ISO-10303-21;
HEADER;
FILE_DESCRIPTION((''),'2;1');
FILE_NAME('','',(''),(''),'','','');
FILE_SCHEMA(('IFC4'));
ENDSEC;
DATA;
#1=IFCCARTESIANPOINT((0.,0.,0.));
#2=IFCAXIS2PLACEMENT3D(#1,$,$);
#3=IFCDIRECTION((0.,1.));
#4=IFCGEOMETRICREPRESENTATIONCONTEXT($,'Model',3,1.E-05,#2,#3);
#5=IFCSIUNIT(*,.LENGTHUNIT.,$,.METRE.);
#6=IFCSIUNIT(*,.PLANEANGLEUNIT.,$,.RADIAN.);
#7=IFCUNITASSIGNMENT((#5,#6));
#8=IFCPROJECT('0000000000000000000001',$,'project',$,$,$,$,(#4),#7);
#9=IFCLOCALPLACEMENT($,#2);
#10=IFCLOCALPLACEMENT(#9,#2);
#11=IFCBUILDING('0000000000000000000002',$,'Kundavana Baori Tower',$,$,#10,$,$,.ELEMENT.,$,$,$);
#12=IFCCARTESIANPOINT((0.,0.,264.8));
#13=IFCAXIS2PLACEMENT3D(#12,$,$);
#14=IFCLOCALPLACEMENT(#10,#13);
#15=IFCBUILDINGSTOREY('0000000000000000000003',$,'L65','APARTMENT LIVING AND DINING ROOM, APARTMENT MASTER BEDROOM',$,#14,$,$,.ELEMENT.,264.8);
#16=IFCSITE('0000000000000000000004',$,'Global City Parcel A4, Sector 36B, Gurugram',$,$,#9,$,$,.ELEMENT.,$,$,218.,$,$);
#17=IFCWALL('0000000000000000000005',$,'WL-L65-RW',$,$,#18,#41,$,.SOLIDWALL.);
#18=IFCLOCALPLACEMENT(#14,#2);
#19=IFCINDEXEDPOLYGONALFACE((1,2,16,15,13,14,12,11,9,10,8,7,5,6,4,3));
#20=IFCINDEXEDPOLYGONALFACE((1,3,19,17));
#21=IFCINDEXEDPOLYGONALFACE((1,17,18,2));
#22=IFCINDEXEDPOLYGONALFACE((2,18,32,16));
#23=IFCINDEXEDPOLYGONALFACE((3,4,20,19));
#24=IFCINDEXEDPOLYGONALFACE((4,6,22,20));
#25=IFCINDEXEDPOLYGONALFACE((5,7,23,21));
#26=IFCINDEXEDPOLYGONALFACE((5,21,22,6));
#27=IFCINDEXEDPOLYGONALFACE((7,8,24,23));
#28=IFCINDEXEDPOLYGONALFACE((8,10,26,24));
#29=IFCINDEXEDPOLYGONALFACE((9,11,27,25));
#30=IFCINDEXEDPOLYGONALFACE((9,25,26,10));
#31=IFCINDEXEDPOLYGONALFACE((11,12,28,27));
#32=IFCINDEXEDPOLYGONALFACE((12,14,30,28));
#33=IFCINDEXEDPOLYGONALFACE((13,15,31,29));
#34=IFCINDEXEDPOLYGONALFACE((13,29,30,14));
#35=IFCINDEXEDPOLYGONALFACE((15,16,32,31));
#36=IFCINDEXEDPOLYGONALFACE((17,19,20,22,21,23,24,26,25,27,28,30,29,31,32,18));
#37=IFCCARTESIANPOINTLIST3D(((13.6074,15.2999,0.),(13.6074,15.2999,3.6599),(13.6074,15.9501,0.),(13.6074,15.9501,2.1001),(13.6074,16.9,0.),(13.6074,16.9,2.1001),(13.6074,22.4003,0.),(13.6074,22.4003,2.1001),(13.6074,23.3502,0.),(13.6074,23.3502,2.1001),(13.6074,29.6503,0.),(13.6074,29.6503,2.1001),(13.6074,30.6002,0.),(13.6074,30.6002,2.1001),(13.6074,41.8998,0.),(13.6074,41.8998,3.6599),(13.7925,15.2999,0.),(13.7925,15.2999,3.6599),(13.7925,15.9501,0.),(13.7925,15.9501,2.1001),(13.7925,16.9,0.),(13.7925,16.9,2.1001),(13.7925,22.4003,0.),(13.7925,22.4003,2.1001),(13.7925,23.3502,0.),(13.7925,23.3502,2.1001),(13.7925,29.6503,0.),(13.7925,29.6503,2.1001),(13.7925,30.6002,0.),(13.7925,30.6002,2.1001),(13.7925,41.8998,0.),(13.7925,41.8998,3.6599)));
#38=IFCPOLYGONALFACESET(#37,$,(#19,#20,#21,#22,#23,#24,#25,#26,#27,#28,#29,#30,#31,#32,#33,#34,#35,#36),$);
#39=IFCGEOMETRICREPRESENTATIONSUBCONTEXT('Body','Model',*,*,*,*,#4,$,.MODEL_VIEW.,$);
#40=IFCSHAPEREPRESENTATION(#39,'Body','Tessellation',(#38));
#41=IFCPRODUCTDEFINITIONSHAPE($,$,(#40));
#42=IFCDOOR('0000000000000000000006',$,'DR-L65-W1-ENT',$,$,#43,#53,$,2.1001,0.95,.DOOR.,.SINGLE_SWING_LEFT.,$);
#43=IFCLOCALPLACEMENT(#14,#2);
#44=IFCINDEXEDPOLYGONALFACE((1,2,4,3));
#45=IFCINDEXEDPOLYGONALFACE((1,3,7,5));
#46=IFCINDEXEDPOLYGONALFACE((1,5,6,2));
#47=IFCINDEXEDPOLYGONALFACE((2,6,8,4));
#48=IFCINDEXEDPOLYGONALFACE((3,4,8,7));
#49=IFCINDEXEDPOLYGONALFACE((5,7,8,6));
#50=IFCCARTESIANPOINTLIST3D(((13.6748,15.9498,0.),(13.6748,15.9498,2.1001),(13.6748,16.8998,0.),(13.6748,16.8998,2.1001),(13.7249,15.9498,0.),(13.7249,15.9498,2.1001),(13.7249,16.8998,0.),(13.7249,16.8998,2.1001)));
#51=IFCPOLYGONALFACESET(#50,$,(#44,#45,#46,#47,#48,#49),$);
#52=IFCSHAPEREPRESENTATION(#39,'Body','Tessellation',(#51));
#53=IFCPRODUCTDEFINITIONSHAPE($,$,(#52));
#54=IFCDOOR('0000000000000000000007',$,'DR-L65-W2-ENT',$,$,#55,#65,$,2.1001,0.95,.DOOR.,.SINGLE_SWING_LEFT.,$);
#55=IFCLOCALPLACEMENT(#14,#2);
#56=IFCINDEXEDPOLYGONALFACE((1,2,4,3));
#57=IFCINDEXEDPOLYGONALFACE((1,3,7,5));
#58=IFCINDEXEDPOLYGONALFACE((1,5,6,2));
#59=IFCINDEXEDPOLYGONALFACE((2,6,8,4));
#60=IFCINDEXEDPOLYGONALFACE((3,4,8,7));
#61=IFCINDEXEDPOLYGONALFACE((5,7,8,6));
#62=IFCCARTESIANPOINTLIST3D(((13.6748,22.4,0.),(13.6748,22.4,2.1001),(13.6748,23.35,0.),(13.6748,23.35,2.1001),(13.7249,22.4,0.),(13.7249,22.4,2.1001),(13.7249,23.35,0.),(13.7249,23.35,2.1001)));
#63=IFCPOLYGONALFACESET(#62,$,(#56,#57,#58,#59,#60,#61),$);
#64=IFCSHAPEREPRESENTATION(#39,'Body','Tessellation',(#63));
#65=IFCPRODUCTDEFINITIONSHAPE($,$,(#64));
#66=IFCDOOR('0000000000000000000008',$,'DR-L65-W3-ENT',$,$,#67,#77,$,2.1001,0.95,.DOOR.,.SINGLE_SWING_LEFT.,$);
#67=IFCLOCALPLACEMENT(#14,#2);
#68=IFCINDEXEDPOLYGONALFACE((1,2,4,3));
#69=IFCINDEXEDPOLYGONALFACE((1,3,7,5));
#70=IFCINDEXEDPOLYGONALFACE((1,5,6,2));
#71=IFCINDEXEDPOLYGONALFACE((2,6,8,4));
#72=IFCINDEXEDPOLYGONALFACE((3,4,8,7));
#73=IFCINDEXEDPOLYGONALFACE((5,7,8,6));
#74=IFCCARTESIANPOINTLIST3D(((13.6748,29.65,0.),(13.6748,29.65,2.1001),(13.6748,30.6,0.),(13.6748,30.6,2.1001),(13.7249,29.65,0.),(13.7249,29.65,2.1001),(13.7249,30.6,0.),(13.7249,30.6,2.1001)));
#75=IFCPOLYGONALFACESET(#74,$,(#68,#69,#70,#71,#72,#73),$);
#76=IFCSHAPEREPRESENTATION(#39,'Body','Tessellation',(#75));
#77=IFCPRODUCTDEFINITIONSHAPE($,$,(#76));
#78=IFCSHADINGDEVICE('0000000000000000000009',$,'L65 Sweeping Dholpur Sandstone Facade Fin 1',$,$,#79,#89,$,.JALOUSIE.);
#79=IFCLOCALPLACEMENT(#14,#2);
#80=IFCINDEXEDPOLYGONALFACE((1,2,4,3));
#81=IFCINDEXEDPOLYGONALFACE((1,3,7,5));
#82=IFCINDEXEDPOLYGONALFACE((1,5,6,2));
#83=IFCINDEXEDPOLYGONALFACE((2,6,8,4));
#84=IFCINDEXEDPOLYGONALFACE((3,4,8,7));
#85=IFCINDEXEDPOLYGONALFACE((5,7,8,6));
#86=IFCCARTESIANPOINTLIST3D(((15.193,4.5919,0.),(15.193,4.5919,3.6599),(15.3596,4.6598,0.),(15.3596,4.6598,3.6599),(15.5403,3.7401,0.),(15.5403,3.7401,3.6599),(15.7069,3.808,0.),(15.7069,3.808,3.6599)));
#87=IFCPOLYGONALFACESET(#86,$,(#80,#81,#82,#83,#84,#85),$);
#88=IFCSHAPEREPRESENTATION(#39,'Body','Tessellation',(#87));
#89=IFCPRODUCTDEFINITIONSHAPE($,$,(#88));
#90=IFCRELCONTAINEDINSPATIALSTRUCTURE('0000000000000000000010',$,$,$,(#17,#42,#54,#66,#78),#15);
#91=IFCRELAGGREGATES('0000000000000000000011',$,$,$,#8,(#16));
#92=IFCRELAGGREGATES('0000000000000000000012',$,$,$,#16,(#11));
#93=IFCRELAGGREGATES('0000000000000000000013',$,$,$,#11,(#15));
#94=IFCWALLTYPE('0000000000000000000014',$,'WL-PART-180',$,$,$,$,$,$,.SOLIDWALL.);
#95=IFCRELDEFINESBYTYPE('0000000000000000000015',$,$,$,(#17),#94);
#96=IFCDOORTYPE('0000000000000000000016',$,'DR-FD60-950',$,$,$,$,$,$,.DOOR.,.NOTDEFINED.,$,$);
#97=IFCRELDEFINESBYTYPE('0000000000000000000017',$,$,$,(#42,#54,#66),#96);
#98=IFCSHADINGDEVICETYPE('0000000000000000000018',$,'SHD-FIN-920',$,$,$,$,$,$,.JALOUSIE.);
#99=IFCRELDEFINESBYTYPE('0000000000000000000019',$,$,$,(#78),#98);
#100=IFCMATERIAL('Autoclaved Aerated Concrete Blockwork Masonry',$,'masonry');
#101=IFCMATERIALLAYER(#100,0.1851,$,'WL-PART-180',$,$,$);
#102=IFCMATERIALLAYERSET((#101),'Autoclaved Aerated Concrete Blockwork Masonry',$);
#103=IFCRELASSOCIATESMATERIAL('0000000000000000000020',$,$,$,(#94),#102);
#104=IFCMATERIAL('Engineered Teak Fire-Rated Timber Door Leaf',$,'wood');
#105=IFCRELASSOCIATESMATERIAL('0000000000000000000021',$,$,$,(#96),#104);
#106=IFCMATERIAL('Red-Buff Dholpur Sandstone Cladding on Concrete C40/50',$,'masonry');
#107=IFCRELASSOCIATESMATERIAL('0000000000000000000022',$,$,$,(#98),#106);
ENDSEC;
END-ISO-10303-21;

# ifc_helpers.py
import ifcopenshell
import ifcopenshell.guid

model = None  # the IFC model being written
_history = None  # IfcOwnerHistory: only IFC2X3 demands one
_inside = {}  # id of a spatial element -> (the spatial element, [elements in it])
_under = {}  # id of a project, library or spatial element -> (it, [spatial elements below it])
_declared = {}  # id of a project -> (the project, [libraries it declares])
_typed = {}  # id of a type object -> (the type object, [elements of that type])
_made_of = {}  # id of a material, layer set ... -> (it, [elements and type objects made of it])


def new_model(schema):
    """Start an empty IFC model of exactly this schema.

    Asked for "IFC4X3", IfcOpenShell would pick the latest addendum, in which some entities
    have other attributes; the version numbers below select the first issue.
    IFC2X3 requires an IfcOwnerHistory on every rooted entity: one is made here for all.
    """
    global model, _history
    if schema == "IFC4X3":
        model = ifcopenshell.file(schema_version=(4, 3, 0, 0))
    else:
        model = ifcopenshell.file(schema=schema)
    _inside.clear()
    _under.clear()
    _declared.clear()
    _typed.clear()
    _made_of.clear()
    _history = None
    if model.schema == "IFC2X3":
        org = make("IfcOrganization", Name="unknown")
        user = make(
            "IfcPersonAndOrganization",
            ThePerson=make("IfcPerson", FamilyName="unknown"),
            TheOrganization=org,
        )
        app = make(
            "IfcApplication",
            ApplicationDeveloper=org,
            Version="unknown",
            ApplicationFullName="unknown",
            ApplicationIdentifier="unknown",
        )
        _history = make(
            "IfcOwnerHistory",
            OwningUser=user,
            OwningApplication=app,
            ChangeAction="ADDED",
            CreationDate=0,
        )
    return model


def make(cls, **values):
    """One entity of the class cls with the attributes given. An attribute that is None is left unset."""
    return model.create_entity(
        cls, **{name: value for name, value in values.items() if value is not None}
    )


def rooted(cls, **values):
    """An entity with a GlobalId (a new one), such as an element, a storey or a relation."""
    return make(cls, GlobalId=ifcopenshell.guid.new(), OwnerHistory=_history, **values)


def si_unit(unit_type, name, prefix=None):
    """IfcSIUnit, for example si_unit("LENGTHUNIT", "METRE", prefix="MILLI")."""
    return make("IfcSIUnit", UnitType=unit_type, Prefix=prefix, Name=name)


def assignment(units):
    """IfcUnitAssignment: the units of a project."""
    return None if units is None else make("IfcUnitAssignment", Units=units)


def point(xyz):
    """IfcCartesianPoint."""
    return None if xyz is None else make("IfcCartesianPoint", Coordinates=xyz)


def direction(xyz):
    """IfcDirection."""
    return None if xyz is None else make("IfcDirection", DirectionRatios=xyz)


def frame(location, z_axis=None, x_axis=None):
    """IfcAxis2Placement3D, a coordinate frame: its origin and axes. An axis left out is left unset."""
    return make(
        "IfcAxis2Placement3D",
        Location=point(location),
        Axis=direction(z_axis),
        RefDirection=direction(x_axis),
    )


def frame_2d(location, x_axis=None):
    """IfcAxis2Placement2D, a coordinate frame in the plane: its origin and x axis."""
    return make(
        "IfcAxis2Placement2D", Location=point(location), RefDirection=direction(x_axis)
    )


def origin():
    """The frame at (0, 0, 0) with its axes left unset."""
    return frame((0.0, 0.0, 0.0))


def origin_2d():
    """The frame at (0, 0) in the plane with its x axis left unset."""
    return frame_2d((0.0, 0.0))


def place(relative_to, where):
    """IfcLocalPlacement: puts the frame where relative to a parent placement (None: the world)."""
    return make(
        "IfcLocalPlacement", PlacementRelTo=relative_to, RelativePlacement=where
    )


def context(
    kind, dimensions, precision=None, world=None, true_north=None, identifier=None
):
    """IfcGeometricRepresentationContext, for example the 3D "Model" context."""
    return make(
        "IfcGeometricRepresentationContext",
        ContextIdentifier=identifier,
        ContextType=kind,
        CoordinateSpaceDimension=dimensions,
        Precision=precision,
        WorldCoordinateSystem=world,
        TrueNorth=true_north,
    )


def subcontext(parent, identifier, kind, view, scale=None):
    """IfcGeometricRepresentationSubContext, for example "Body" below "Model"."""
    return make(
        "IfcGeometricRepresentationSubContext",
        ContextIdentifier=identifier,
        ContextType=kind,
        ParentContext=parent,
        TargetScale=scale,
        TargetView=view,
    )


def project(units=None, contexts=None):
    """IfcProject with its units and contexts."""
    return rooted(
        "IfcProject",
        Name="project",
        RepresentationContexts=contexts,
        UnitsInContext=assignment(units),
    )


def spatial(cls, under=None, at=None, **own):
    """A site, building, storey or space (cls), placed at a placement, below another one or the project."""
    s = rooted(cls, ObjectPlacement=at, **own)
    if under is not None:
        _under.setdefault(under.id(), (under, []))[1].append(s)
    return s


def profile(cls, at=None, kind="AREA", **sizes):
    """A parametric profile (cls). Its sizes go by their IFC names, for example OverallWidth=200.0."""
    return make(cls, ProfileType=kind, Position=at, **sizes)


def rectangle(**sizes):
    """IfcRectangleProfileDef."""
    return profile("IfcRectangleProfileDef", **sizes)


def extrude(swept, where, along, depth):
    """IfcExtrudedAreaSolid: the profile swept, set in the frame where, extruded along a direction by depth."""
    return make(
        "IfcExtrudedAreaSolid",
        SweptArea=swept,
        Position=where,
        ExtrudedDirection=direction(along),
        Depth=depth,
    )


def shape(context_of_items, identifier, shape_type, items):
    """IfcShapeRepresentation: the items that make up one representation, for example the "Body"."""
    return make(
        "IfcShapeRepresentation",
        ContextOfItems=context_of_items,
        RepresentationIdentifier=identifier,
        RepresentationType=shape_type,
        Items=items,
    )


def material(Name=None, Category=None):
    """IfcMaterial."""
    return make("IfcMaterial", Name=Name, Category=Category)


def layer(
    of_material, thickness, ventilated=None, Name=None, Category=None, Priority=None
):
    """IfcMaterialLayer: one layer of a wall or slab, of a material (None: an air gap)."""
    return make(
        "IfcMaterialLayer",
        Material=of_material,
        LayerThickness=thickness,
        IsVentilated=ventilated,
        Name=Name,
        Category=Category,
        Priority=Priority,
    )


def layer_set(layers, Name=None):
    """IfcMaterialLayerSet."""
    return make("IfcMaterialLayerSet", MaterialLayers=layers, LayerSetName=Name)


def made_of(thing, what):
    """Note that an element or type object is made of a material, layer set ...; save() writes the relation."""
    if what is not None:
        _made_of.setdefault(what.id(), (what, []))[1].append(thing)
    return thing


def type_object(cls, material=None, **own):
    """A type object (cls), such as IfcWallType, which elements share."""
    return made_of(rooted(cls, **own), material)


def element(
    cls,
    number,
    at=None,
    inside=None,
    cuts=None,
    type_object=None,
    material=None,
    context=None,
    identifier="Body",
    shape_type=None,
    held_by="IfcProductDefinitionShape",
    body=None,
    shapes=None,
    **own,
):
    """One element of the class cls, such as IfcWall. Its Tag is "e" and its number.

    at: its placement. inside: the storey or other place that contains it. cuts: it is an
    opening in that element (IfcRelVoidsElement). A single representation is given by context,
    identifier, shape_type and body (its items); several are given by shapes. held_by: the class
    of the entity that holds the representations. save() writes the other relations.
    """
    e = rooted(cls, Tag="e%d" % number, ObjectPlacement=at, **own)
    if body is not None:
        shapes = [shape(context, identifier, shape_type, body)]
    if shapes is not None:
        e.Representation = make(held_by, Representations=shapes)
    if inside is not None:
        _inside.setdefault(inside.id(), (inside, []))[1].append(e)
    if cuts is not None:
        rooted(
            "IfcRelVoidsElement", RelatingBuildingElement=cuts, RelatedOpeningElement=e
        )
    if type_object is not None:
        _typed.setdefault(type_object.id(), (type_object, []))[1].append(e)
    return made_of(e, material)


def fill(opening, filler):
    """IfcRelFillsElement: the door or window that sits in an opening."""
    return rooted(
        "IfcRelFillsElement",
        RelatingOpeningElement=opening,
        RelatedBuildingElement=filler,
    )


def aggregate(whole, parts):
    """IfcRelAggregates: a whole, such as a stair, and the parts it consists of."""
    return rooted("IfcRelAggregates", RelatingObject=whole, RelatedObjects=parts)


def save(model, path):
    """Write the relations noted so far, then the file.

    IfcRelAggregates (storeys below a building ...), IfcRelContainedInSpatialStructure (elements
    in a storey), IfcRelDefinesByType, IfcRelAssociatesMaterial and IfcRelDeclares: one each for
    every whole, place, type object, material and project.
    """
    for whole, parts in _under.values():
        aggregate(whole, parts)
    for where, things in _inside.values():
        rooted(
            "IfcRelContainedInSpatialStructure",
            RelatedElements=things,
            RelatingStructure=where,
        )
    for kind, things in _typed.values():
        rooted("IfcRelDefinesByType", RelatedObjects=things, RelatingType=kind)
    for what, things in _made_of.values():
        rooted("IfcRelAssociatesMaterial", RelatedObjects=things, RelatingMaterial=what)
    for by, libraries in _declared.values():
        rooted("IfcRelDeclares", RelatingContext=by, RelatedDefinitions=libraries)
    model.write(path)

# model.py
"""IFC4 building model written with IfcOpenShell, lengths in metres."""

from ifc_helpers import new_model, si_unit, direction, frame, frame_2d, origin, origin_2d, place, context, subcontext, project, spatial, rectangle, extrude, material, layer, layer_set, type_object, element, fill, save


model = new_model("IFC4")

# Units and contexts
model_context = context("Model", 3, precision=1e-05, world=origin(), true_north=direction((0.0, 1.0)))
body_context = subcontext(model_context, "Body", "Model", "MODEL_VIEW")
ifc_project = project(units=[si_unit("LENGTHUNIT", "METRE"), si_unit("PLANEANGLEUNIT", "RADIAN")], contexts=[model_context])

# Site, building, storey
site_placement = place(None, origin())
site = spatial("IfcSite", under=ifc_project, at=site_placement, Name="Global City Parcel A4, Sector 36B, Gurugram", CompositionType="ELEMENT", RefElevation=218.0)
building_placement = place(site_placement, origin())
building = spatial("IfcBuilding", under=site, at=building_placement, Name="Kundavana Baori Tower", CompositionType="ELEMENT")
storey_placement = place(building_placement, frame((0.0, 0.0, 264.8)))
storey = spatial("IfcBuildingStorey", under=building, at=storey_placement, Name="L65", Description="APARTMENT LIVING AND DINING ROOM, APARTMENT MASTER BEDROOM", CompositionType="ELEMENT", Elevation=264.8)

# Shared definitions
ifc_material_1 = material(Name="Autoclaved Aerated Concrete Blockwork Masonry", Category="masonry")
ifc_layer_1 = layer(ifc_material_1, 0.1851, Name="WL-PART-180")
ifc_layer_set_1 = layer_set([ifc_layer_1], Name="Autoclaved Aerated Concrete Blockwork Masonry")
wall_type_1 = type_object("IfcWallType", Name="WL-PART-180", PredefinedType="SOLIDWALL", material=ifc_layer_set_1)

# Wall, openings, doors
wall_1_placement = place(storey_placement, frame((13.7, 15.3, 0.0), z_axis=(0.0, 0.0, 1.0), x_axis=(0.0, 1.0, 0.0)))
wall_1 = element("IfcWall", 1, at=wall_1_placement, inside=storey, type_object=wall_type_1, Name="WL-L65-RW", PredefinedType="SOLIDWALL", context=body_context, shape_type="SweptSolid", body=[
    extrude(rectangle(XDim=26.5999, YDim=0.1851, at=frame_2d((13.2998, 0.0))), origin(), (0.0, 0.0, 1.0), 3.6599),
])
opening_1_placement = place(wall_1_placement, frame((0.6499, 0.0, 0.0)))
opening_1 = element("IfcOpeningElement", 2, at=opening_1_placement, cuts=wall_1, PredefinedType="OPENING", context=body_context, shape_type="SweptSolid", body=[
    extrude(rectangle(XDim=0.95, YDim=2.1001, at=frame_2d((0.4751, 1.05))), frame((0.0, 0.1025, 0.0), z_axis=(0.0, -1.0, 0.0), x_axis=(1.0, 0.0, 0.0)), (0.0, 0.0, 1.0), 0.2051),
])
opening_2_placement = place(wall_1_placement, frame((7.1001, 0.0, 0.0)))
opening_2 = element("IfcOpeningElement", 3, at=opening_2_placement, cuts=wall_1, PredefinedType="OPENING", context=body_context, shape_type="SweptSolid", body=[
    extrude(rectangle(XDim=0.95, YDim=2.1001, at=frame_2d((0.4751, 1.05))), frame((0.0, 0.1025, 0.0), z_axis=(0.0, -1.0, 0.0), x_axis=(1.0, 0.0, 0.0)), (0.0, 0.0, 1.0), 0.2051),
])
opening_3_placement = place(wall_1_placement, frame((14.3501, 0.0, 0.0)))
opening_3 = element("IfcOpeningElement", 4, at=opening_3_placement, cuts=wall_1, PredefinedType="OPENING", context=body_context, shape_type="SweptSolid", body=[
    extrude(rectangle(XDim=0.95, YDim=2.1001, at=frame_2d((0.4751, 1.05))), frame((0.0, 0.1025, 0.0), z_axis=(0.0, -1.0, 0.0), x_axis=(1.0, 0.0, 0.0)), (0.0, 0.0, 1.0), 0.2051),
])
ifc_material_2 = material(Name="Engineered Teak Fire-Rated Timber Door Leaf", Category="wood")
door_type_1 = type_object("IfcDoorType", Name="DR-FD60-950", OperationType="NOTDEFINED", PredefinedType="DOOR", material=ifc_material_2)
door_1_placement = place(opening_1_placement, frame((0.95, 0.0, 0.0), z_axis=(0.0, 0.0, 1.0), x_axis=(-1.0, 0.0, 0.0)))
door_1 = element("IfcDoor", 5, at=door_1_placement, inside=storey, type_object=door_type_1, Name="DR-L65-W1-ENT", OperationType="SINGLE_SWING_LEFT", OverallHeight=2.1001, OverallWidth=0.95, PredefinedType="DOOR", context=body_context, shape_type="SweptSolid", body=[
    extrude(rectangle(XDim=0.95, YDim=2.1001, at=frame_2d((0.4751, 1.05))), frame((0.0, 0.0249, 0.0), z_axis=(0.0, -1.0, 0.0), x_axis=(1.0, 0.0, 0.0)), (0.0, 0.0, 1.0), 0.05),
])
fill(opening_1, door_1)
door_2_placement = place(opening_2_placement, frame((0.95, 0.0, 0.0), z_axis=(0.0, 0.0, 1.0), x_axis=(-1.0, 0.0, 0.0)))
door_2 = element("IfcDoor", 6, at=door_2_placement, inside=storey, type_object=door_type_1, Name="DR-L65-W2-ENT", OperationType="SINGLE_SWING_LEFT", OverallHeight=2.1001, OverallWidth=0.95, PredefinedType="DOOR", context=body_context, shape_type="SweptSolid", body=[
    extrude(rectangle(XDim=0.95, YDim=2.1001, at=frame_2d((0.4751, 1.05))), frame((0.0, 0.0249, 0.0), z_axis=(0.0, -1.0, 0.0), x_axis=(1.0, 0.0, 0.0)), (0.0, 0.0, 1.0), 0.05),
])
fill(opening_2, door_2)
door_3_placement = place(opening_3_placement, frame((0.95, 0.0, 0.0), z_axis=(0.0, 0.0, 1.0), x_axis=(-1.0, 0.0, 0.0)))
door_3 = element("IfcDoor", 7, at=door_3_placement, inside=storey, type_object=door_type_1, Name="DR-L65-W3-ENT", OperationType="SINGLE_SWING_LEFT", OverallHeight=2.1001, OverallWidth=0.95, PredefinedType="DOOR", context=body_context, shape_type="SweptSolid", body=[
    extrude(rectangle(XDim=0.95, YDim=2.1001, at=frame_2d((0.4751, 1.05))), frame((0.0, 0.0249, 0.0), z_axis=(0.0, -1.0, 0.0), x_axis=(1.0, 0.0, 0.0)), (0.0, 0.0, 1.0), 0.05),
])
fill(opening_3, door_3)

# Shading device
ifc_material_3 = material(Name="Red-Buff Dholpur Sandstone Cladding on Concrete C40/50", Category="masonry")
shading_device_type = type_object("IfcShadingDeviceType", Name="SHD-FIN-920", PredefinedType="JALOUSIE", material=ifc_material_3)
shading_device_placement = place(storey_placement, frame((15.45, 4.2, 0.0), z_axis=(0.0, 0.0, 1.0), x_axis=(0.926002, 0.377518, 0.0)))
element("IfcShadingDevice", 8, at=shading_device_placement, inside=storey, type_object=shading_device_type, Name="L65 Sweeping Dholpur Sandstone Facade Fin 1", PredefinedType="JALOUSIE", context=body_context, shape_type="SweptSolid", body=[
    extrude(rectangle(XDim=0.1799, YDim=0.9199, at=origin_2d()), origin(), (0.0, 0.0, 1.0), 3.6599),
])

save(model, "model.ifc")
